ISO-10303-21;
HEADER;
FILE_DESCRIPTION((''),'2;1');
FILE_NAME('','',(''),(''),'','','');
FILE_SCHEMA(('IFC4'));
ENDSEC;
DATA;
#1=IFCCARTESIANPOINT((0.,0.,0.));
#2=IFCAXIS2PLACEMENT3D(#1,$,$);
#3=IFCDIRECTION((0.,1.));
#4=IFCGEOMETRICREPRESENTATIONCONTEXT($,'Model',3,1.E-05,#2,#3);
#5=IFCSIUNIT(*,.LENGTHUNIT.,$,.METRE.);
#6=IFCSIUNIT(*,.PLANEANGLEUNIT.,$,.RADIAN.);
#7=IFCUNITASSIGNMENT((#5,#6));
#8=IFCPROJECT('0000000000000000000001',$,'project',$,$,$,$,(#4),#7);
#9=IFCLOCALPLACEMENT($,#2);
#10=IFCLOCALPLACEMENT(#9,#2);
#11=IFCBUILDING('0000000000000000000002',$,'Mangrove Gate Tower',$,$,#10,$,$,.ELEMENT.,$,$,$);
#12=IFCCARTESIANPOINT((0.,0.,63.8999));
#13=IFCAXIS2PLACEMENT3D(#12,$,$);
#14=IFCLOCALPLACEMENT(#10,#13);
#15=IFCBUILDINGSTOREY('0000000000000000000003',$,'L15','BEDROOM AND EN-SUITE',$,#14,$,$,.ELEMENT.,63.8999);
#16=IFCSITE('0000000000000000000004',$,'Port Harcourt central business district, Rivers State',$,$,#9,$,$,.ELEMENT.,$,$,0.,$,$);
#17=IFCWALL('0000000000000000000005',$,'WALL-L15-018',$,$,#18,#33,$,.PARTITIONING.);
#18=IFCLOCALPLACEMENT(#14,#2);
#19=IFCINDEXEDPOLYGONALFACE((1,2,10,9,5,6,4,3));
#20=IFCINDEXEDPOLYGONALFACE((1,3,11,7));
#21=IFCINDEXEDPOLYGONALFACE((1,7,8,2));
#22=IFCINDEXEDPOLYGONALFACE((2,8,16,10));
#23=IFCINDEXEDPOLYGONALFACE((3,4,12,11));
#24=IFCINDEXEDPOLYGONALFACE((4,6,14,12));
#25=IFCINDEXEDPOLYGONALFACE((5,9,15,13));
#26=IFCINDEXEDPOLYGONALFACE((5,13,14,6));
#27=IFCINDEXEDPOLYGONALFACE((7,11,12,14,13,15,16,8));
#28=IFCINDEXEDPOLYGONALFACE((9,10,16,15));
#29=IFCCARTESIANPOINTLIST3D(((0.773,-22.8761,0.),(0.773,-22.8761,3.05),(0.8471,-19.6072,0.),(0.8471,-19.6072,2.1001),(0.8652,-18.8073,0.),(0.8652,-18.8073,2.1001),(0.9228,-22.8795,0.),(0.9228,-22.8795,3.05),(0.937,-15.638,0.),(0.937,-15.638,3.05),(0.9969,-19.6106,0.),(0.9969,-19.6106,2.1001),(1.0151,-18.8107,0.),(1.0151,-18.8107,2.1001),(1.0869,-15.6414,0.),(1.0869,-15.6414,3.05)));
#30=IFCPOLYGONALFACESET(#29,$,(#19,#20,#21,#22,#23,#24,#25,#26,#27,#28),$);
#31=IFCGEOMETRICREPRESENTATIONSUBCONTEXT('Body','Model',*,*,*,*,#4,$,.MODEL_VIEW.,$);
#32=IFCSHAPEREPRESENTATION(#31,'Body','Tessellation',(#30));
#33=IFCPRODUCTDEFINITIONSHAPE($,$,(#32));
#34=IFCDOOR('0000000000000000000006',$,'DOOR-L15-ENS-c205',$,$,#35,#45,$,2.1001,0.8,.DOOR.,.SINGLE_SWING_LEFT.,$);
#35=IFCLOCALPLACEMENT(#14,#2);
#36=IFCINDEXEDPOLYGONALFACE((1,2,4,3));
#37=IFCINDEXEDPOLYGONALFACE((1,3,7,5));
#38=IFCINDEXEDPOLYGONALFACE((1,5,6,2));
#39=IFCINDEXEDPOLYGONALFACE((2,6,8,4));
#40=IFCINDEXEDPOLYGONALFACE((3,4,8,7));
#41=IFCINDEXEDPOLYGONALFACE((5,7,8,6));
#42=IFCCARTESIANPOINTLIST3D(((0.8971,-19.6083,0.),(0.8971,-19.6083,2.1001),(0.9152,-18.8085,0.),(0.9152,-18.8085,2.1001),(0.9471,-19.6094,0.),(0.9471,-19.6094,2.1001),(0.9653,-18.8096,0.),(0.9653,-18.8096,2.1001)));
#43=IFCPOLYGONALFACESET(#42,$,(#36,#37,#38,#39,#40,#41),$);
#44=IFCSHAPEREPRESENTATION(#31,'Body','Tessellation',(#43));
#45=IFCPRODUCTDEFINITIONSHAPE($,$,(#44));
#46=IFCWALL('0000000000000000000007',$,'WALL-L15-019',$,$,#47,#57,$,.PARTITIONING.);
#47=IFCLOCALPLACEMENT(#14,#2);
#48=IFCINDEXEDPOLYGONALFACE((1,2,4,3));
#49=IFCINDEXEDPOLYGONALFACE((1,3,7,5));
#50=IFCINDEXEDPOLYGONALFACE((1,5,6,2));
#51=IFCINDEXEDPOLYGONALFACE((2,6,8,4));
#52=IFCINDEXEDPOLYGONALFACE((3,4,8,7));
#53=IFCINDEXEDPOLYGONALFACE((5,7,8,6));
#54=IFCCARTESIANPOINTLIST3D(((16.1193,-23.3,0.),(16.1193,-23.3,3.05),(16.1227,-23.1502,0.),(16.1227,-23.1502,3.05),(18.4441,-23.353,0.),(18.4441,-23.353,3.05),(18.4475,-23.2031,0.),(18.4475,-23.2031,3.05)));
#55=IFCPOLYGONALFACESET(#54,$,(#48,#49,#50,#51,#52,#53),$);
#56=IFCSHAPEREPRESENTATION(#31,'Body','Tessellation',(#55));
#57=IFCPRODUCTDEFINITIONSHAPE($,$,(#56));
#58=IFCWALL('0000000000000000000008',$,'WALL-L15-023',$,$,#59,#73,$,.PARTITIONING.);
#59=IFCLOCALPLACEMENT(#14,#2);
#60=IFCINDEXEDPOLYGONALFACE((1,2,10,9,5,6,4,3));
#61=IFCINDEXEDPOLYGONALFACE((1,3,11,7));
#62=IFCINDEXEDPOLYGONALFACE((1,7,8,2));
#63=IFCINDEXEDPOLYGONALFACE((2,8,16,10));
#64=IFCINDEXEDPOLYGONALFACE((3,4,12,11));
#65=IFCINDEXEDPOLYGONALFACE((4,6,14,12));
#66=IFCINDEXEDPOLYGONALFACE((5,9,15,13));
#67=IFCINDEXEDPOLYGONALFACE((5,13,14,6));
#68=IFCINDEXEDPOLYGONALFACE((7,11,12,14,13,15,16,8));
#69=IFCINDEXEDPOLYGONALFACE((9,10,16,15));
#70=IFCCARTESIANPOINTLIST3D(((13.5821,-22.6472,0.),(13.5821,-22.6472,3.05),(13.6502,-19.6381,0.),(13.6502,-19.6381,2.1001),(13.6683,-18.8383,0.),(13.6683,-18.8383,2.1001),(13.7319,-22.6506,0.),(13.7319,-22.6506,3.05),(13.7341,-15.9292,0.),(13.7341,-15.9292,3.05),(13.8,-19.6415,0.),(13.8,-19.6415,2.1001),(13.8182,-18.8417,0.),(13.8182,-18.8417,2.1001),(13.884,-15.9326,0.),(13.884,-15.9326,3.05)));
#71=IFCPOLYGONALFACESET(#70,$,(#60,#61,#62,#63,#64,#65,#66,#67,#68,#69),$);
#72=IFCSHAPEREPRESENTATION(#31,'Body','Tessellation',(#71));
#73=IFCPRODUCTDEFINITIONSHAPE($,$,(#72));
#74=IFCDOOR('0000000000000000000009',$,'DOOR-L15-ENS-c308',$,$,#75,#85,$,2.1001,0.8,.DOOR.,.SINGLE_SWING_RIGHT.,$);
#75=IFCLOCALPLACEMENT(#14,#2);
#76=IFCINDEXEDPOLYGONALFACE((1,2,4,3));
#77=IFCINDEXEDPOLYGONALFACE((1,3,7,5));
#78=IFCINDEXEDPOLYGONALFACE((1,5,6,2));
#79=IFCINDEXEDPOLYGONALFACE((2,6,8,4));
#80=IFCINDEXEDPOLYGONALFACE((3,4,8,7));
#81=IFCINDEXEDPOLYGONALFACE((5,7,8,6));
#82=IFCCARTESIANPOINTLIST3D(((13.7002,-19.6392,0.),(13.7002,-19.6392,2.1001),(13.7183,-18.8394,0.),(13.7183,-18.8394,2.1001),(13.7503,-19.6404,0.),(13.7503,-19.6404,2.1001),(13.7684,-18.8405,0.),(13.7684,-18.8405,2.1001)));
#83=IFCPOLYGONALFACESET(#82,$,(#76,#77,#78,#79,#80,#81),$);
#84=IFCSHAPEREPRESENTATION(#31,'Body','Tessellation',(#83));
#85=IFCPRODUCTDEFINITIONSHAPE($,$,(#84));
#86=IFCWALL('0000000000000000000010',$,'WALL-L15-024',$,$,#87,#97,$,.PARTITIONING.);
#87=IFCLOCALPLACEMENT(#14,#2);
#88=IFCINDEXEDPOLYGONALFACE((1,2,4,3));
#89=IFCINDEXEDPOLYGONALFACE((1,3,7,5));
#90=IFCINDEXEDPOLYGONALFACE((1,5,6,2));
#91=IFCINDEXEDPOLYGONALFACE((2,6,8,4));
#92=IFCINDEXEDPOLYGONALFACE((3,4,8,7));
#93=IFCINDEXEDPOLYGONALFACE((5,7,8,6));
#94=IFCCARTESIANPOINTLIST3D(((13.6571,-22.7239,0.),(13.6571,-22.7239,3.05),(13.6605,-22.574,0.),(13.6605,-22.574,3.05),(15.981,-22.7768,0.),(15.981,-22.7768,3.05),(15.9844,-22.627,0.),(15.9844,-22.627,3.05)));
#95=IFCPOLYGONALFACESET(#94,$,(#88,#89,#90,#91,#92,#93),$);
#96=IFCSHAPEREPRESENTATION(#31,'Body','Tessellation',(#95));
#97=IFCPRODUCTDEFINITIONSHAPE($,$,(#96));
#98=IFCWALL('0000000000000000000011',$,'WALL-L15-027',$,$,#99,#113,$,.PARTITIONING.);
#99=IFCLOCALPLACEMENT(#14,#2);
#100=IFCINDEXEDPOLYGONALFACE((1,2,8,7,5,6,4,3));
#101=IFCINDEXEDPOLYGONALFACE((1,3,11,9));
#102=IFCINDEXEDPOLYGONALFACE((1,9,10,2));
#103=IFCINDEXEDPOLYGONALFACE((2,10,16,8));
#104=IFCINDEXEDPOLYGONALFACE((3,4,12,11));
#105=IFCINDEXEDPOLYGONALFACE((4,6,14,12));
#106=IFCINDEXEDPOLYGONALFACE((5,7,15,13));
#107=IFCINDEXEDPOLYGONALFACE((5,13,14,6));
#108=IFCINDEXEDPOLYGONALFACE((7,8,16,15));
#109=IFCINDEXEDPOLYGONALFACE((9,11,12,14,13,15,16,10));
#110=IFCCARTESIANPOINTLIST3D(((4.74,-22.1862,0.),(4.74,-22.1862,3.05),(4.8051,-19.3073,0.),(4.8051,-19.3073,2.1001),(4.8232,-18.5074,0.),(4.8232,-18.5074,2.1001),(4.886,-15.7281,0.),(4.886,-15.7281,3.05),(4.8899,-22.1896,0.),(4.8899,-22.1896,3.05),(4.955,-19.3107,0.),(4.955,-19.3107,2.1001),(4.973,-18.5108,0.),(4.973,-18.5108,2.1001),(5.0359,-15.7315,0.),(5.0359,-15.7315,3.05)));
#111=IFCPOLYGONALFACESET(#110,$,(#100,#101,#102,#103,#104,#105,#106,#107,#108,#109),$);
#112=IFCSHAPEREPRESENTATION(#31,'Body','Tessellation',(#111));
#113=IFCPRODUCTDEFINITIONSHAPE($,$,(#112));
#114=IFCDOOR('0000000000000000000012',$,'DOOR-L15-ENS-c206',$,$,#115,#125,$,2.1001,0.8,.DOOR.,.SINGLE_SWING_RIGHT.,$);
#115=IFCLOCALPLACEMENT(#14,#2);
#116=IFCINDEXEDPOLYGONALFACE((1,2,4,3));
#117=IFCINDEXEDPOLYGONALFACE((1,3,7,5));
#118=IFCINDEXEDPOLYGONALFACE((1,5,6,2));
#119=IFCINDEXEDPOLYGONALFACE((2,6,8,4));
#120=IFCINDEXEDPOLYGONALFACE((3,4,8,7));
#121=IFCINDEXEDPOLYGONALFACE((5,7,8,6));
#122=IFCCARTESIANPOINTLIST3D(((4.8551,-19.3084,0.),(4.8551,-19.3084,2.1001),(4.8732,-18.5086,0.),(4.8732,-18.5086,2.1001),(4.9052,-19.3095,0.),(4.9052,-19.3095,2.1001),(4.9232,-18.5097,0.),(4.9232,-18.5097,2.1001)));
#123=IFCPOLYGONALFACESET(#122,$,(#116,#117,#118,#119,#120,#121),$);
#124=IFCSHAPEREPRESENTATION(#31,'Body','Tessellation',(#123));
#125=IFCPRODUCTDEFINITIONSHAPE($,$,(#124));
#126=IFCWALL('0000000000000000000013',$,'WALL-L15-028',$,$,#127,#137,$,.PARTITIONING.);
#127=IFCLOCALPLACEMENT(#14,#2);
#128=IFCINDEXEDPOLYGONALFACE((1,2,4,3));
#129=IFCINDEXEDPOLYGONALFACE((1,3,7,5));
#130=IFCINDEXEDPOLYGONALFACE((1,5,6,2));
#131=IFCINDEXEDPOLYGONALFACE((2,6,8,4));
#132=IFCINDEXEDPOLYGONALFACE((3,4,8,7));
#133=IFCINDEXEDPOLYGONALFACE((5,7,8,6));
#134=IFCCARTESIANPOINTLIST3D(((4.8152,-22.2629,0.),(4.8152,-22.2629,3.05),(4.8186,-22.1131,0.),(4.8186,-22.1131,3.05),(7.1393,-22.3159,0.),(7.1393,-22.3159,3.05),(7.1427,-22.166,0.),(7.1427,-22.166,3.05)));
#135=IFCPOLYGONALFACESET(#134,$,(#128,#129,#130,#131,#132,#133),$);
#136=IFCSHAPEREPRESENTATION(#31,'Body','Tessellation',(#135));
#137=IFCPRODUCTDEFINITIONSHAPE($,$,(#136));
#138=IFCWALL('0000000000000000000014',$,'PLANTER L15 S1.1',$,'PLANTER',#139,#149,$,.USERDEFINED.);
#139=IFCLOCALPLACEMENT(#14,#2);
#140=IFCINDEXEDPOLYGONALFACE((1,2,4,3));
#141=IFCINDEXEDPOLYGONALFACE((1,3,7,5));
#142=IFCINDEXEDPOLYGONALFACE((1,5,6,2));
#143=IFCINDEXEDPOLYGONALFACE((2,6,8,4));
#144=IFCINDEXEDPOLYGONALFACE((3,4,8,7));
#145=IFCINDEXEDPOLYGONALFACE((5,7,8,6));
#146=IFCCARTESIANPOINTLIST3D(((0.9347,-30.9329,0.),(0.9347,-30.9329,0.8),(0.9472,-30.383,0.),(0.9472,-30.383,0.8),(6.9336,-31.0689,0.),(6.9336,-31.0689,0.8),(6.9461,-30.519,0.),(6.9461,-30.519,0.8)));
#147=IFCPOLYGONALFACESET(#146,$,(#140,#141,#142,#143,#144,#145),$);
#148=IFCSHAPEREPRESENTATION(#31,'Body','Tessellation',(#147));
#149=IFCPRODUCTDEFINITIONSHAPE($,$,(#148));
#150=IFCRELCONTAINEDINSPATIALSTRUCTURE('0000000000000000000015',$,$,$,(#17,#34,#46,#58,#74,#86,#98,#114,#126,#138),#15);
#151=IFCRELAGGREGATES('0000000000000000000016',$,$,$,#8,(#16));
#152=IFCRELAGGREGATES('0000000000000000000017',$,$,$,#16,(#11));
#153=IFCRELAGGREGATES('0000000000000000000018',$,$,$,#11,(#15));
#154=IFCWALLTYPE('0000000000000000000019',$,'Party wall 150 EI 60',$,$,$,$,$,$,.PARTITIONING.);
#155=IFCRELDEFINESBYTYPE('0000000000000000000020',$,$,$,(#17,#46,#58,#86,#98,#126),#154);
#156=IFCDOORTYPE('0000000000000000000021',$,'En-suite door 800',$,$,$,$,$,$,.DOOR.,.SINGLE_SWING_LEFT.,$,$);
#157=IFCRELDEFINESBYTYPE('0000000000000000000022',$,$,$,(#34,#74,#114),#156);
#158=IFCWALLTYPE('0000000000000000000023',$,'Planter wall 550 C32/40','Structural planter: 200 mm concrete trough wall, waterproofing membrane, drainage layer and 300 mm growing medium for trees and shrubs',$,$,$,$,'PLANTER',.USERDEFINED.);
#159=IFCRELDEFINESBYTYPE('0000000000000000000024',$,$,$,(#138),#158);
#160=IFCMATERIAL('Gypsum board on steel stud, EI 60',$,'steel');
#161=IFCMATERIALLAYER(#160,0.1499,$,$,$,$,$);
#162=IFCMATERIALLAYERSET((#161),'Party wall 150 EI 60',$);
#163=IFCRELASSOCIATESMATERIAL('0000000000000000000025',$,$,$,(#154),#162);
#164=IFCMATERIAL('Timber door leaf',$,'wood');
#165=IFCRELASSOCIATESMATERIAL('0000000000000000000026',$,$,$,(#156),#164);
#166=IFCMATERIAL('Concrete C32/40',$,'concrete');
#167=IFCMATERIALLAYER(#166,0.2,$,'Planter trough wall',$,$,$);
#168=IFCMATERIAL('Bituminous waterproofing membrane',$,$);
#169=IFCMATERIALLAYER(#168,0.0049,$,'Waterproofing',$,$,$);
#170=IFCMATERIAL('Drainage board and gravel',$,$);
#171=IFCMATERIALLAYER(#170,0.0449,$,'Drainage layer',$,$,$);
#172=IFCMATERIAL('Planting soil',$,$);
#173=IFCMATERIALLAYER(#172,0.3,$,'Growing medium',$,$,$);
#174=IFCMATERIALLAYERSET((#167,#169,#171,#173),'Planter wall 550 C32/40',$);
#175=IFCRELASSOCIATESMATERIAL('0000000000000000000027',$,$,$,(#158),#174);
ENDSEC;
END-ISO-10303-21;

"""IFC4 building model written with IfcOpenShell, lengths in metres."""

from ifc_helpers import new_model, si_unit, direction, frame, frame_2d, origin, place, context, subcontext, project, spatial, rectangle, extrude, material, layer, layer_set, type_object, element, fill, save


model = new_model("IFC4")

# Units and contexts
model_context = context("Model", 3, precision=1e-05, world=origin(), true_north=direction((0.0, 1.0)))
body_context = subcontext(model_context, "Body", "Model", "MODEL_VIEW")
ifc_project = project(units=[si_unit("LENGTHUNIT", "METRE"), si_unit("PLANEANGLEUNIT", "RADIAN")], contexts=[model_context])

# Site, building, storey
site_placement = place(None, origin())
site = spatial("IfcSite", under=ifc_project, at=site_placement, Name="Port Harcourt central business district, Rivers State", CompositionType="ELEMENT", RefElevation=0.0)
building_placement = place(site_placement, origin())
building = spatial("IfcBuilding", under=site, at=building_placement, Name="Mangrove Gate Tower", CompositionType="ELEMENT")
storey_placement = place(building_placement, frame((0.0, 0.0, 63.8999)))
storey = spatial("IfcBuildingStorey", under=building, at=storey_placement, Name="L15", Description="BEDROOM AND EN-SUITE", CompositionType="ELEMENT", Elevation=63.8999)

# Shared definitions
ifc_material_1 = material(Name="Gypsum board on steel stud, EI 60", Category="steel")
ifc_layer_1 = layer(ifc_material_1, 0.1499)
ifc_layer_set_1 = layer_set([ifc_layer_1], Name="Party wall 150 EI 60")
wall_type_1 = type_object("IfcWallType", Name="Party wall 150 EI 60", PredefinedType="PARTITIONING", material=ifc_layer_set_1)

# Wall, opening, door
ifc_material_2 = material(Name="Timber door leaf", Category="wood")
door_type = type_object("IfcDoorType", Name="En-suite door 800", OperationType="SINGLE_SWING_LEFT", PredefinedType="DOOR", material=ifc_material_2)
wall_1_placement = place(storey_placement, frame((0.8479, -22.8779, 0.0), z_axis=(0.0, 0.0, 1.0), x_axis=(0.022661, 0.999743, 0.0)))
wall_1 = element("IfcWall", 1, at=wall_1_placement, inside=storey, type_object=wall_type_1, Name="WALL-L15-018", PredefinedType="PARTITIONING", context=body_context, shape_type="SweptSolid", body=[
    extrude(rectangle(XDim=7.24, YDim=0.1499, at=frame_2d((3.6201, 0.0))), origin(), (0.0, 0.0, 1.0), 3.05),
])
opening_1_placement = place(wall_1_placement, frame((3.27, 0.0, 0.0)))
opening_1 = element("IfcOpeningElement", 2, at=opening_1_placement, cuts=wall_1, PredefinedType="OPENING", context=body_context, shape_type="SweptSolid", body=[
    extrude(rectangle(XDim=0.8, YDim=2.1001, at=frame_2d((0.3999, 1.05))), frame((0.0, 0.085, 0.0), z_axis=(0.0, -1.0, 0.0), x_axis=(1.0, 0.0, 0.0)), (0.0, 0.0, 1.0), 0.1699),
])
door_1_placement = place(opening_1_placement, origin())
door_1 = element("IfcDoor", 3, at=door_1_placement, inside=storey, type_object=door_type, Name="DOOR-L15-ENS-c205", OperationType="SINGLE_SWING_LEFT", OverallHeight=2.1001, OverallWidth=0.8, PredefinedType="DOOR", context=body_context, shape_type="SweptSolid", body=[
    extrude(rectangle(XDim=0.8, YDim=2.1001, at=frame_2d((0.3999, 1.05))), frame((0.0, 0.0249, 0.0), z_axis=(0.0, -1.0, 0.0), x_axis=(1.0, 0.0, 0.0)), (0.0, 0.0, 1.0), 0.05),
])
fill(opening_1, door_1)

# Wall
wall_2_placement = place(storey_placement, frame((16.1211, -23.2251, 0.0), z_axis=(0.0, 0.0, 1.0), x_axis=(0.99974, -0.022781, 0.0)))
element("IfcWall", 4, at=wall_2_placement, inside=storey, type_object=wall_type_1, Name="WALL-L15-019", PredefinedType="PARTITIONING", context=body_context, shape_type="SweptSolid", body=[
    extrude(rectangle(XDim=2.3254, YDim=0.1499, at=frame_2d((1.1626, 0.0))), origin(), (0.0, 0.0, 1.0), 3.05),
])

# Wall, opening, door
wall_3_placement = place(storey_placement, frame((13.657, -22.6489, 0.0), z_axis=(0.0, 0.0, 1.0), x_axis=(0.022635, 0.999744, 0.0)))
wall_3 = element("IfcWall", 5, at=wall_3_placement, inside=storey, type_object=wall_type_1, Name="WALL-L15-023", PredefinedType="PARTITIONING", context=body_context, shape_type="SweptSolid", body=[
    extrude(rectangle(XDim=6.7197, YDim=0.1499, at=frame_2d((3.3599, 0.0))), origin(), (0.0, 0.0, 1.0), 3.05),
])
opening_2_placement = place(wall_3_placement, frame((3.01, 0.0, 0.0)))
opening_2 = element("IfcOpeningElement", 6, at=opening_2_placement, cuts=wall_3, PredefinedType="OPENING", context=body_context, shape_type="SweptSolid", body=[
    extrude(rectangle(XDim=0.8, YDim=2.1001, at=frame_2d((0.3999, 1.05))), frame((0.0, 0.085, 0.0), z_axis=(0.0, -1.0, 0.0), x_axis=(1.0, 0.0, 0.0)), (0.0, 0.0, 1.0), 0.1699),
])
door_2_placement = place(opening_2_placement, origin())
door_2 = element("IfcDoor", 7, at=door_2_placement, inside=storey, type_object=door_type, Name="DOOR-L15-ENS-c308", OperationType="SINGLE_SWING_RIGHT", OverallHeight=2.1001, OverallWidth=0.8, PredefinedType="DOOR", context=body_context, shape_type="SweptSolid", body=[
    extrude(rectangle(XDim=0.8, YDim=2.1001, at=frame_2d((0.3999, 1.05))), frame((0.0, 0.0249, 0.0), z_axis=(0.0, -1.0, 0.0), x_axis=(1.0, 0.0, 0.0)), (0.0, 0.0, 1.0), 0.05),
])
fill(opening_2, door_2)

# Wall
wall_4_placement = place(storey_placement, frame((13.6589, -22.6489, 0.0), z_axis=(0.0, 0.0, 1.0), x_axis=(0.99974, -0.022791, 0.0)))
element("IfcWall", 8, at=wall_4_placement, inside=storey, type_object=wall_type_1, Name="WALL-L15-024", PredefinedType="PARTITIONING", context=body_context, shape_type="SweptSolid", body=[
    extrude(rectangle(XDim=2.3245, YDim=0.1499, at=frame_2d((1.1621, 0.0))), origin(), (0.0, 0.0, 1.0), 3.05),
])

# Wall, opening, door
wall_5_placement = place(storey_placement, frame((4.8149, -22.188, 0.0), z_axis=(0.0, 0.0, 1.0), x_axis=(0.022601, 0.999745, 0.0)))
wall_5 = element("IfcWall", 9, at=wall_5_placement, inside=storey, type_object=wall_type_1, Name="WALL-L15-027", PredefinedType="PARTITIONING", context=body_context, shape_type="SweptSolid", body=[
    extrude(rectangle(XDim=6.4597, YDim=0.1499, at=frame_2d((3.23, 0.0))), origin(), (0.0, 0.0, 1.0), 3.05),
])
opening_3_placement = place(wall_5_placement, frame((2.8799, 0.0, 0.0)))
opening_3 = element("IfcOpeningElement", 10, at=opening_3_placement, cuts=wall_5, PredefinedType="OPENING", context=body_context, shape_type="SweptSolid", body=[
    extrude(rectangle(XDim=0.8, YDim=2.1001, at=frame_2d((0.3999, 1.05))), frame((0.0, 0.085, 0.0), z_axis=(0.0, -1.0, 0.0), x_axis=(1.0, 0.0, 0.0)), (0.0, 0.0, 1.0), 0.1699),
])
door_3_placement = place(opening_3_placement, origin())
door_3 = element("IfcDoor", 11, at=door_3_placement, inside=storey, type_object=door_type, Name="DOOR-L15-ENS-c206", OperationType="SINGLE_SWING_RIGHT", OverallHeight=2.1001, OverallWidth=0.8, PredefinedType="DOOR", context=body_context, shape_type="SweptSolid", body=[
    extrude(rectangle(XDim=0.8, YDim=2.1001, at=frame_2d((0.3999, 1.05))), frame((0.0, 0.0249, 0.0), z_axis=(0.0, -1.0, 0.0), x_axis=(1.0, 0.0, 0.0)), (0.0, 0.0, 1.0), 0.05),
])
fill(opening_3, door_3)

# Walls
wall_6_placement = place(storey_placement, frame((4.8169, -22.188, 0.0), z_axis=(0.0, 0.0, 1.0), x_axis=(0.99974, -0.022788, 0.0)))
element("IfcWall", 12, at=wall_6_placement, inside=storey, type_object=wall_type_1, Name="WALL-L15-028", PredefinedType="PARTITIONING", context=body_context, shape_type="SweptSolid", body=[
    extrude(rectangle(XDim=2.3247, YDim=0.1499, at=frame_2d((1.1624, 0.0))), origin(), (0.0, 0.0, 1.0), 3.05),
])
ifc_material_3 = material(Name="Concrete C32/40", Category="concrete")
ifc_layer_2 = layer(ifc_material_3, 0.2, Name="Planter trough wall")
ifc_material_4 = material(Name="Bituminous waterproofing membrane")
ifc_layer_3 = layer(ifc_material_4, 0.0049, Name="Waterproofing")
ifc_material_5 = material(Name="Drainage board and gravel")
ifc_layer_4 = layer(ifc_material_5, 0.0449, Name="Drainage layer")
ifc_material_6 = material(Name="Planting soil")
ifc_layer_5 = layer(ifc_material_6, 0.3, Name="Growing medium")
ifc_layer_set_2 = layer_set([ifc_layer_2, ifc_layer_3, ifc_layer_4, ifc_layer_5], Name="Planter wall 550 C32/40")
wall_type_2 = type_object("IfcWallType", Name="Planter wall 550 C32/40", Description="Structural planter: 200 mm concrete trough wall, waterproofing membrane, drainage layer and 300 mm growing medium for trees and shrubs", ElementType="PLANTER", PredefinedType="USERDEFINED", material=ifc_layer_set_2)
wall_7_placement = place(storey_placement, frame((0.9409, -30.658, 0.0), z_axis=(0.0, 0.0, 1.0), x_axis=(0.999743, -0.022662, 0.0)))
element("IfcWall", 13, at=wall_7_placement, inside=storey, type_object=wall_type_2, Name="PLANTER L15 S1.1", ObjectType="PLANTER", PredefinedType="USERDEFINED", context=body_context, shape_type="SweptSolid", body=[
    extrude(rectangle(XDim=6.0005, YDim=0.55, at=frame_2d((3.0002, 0.0))), origin(), (0.0, 0.0, 1.0), 0.8),
])

save(model, "model.ifc")
